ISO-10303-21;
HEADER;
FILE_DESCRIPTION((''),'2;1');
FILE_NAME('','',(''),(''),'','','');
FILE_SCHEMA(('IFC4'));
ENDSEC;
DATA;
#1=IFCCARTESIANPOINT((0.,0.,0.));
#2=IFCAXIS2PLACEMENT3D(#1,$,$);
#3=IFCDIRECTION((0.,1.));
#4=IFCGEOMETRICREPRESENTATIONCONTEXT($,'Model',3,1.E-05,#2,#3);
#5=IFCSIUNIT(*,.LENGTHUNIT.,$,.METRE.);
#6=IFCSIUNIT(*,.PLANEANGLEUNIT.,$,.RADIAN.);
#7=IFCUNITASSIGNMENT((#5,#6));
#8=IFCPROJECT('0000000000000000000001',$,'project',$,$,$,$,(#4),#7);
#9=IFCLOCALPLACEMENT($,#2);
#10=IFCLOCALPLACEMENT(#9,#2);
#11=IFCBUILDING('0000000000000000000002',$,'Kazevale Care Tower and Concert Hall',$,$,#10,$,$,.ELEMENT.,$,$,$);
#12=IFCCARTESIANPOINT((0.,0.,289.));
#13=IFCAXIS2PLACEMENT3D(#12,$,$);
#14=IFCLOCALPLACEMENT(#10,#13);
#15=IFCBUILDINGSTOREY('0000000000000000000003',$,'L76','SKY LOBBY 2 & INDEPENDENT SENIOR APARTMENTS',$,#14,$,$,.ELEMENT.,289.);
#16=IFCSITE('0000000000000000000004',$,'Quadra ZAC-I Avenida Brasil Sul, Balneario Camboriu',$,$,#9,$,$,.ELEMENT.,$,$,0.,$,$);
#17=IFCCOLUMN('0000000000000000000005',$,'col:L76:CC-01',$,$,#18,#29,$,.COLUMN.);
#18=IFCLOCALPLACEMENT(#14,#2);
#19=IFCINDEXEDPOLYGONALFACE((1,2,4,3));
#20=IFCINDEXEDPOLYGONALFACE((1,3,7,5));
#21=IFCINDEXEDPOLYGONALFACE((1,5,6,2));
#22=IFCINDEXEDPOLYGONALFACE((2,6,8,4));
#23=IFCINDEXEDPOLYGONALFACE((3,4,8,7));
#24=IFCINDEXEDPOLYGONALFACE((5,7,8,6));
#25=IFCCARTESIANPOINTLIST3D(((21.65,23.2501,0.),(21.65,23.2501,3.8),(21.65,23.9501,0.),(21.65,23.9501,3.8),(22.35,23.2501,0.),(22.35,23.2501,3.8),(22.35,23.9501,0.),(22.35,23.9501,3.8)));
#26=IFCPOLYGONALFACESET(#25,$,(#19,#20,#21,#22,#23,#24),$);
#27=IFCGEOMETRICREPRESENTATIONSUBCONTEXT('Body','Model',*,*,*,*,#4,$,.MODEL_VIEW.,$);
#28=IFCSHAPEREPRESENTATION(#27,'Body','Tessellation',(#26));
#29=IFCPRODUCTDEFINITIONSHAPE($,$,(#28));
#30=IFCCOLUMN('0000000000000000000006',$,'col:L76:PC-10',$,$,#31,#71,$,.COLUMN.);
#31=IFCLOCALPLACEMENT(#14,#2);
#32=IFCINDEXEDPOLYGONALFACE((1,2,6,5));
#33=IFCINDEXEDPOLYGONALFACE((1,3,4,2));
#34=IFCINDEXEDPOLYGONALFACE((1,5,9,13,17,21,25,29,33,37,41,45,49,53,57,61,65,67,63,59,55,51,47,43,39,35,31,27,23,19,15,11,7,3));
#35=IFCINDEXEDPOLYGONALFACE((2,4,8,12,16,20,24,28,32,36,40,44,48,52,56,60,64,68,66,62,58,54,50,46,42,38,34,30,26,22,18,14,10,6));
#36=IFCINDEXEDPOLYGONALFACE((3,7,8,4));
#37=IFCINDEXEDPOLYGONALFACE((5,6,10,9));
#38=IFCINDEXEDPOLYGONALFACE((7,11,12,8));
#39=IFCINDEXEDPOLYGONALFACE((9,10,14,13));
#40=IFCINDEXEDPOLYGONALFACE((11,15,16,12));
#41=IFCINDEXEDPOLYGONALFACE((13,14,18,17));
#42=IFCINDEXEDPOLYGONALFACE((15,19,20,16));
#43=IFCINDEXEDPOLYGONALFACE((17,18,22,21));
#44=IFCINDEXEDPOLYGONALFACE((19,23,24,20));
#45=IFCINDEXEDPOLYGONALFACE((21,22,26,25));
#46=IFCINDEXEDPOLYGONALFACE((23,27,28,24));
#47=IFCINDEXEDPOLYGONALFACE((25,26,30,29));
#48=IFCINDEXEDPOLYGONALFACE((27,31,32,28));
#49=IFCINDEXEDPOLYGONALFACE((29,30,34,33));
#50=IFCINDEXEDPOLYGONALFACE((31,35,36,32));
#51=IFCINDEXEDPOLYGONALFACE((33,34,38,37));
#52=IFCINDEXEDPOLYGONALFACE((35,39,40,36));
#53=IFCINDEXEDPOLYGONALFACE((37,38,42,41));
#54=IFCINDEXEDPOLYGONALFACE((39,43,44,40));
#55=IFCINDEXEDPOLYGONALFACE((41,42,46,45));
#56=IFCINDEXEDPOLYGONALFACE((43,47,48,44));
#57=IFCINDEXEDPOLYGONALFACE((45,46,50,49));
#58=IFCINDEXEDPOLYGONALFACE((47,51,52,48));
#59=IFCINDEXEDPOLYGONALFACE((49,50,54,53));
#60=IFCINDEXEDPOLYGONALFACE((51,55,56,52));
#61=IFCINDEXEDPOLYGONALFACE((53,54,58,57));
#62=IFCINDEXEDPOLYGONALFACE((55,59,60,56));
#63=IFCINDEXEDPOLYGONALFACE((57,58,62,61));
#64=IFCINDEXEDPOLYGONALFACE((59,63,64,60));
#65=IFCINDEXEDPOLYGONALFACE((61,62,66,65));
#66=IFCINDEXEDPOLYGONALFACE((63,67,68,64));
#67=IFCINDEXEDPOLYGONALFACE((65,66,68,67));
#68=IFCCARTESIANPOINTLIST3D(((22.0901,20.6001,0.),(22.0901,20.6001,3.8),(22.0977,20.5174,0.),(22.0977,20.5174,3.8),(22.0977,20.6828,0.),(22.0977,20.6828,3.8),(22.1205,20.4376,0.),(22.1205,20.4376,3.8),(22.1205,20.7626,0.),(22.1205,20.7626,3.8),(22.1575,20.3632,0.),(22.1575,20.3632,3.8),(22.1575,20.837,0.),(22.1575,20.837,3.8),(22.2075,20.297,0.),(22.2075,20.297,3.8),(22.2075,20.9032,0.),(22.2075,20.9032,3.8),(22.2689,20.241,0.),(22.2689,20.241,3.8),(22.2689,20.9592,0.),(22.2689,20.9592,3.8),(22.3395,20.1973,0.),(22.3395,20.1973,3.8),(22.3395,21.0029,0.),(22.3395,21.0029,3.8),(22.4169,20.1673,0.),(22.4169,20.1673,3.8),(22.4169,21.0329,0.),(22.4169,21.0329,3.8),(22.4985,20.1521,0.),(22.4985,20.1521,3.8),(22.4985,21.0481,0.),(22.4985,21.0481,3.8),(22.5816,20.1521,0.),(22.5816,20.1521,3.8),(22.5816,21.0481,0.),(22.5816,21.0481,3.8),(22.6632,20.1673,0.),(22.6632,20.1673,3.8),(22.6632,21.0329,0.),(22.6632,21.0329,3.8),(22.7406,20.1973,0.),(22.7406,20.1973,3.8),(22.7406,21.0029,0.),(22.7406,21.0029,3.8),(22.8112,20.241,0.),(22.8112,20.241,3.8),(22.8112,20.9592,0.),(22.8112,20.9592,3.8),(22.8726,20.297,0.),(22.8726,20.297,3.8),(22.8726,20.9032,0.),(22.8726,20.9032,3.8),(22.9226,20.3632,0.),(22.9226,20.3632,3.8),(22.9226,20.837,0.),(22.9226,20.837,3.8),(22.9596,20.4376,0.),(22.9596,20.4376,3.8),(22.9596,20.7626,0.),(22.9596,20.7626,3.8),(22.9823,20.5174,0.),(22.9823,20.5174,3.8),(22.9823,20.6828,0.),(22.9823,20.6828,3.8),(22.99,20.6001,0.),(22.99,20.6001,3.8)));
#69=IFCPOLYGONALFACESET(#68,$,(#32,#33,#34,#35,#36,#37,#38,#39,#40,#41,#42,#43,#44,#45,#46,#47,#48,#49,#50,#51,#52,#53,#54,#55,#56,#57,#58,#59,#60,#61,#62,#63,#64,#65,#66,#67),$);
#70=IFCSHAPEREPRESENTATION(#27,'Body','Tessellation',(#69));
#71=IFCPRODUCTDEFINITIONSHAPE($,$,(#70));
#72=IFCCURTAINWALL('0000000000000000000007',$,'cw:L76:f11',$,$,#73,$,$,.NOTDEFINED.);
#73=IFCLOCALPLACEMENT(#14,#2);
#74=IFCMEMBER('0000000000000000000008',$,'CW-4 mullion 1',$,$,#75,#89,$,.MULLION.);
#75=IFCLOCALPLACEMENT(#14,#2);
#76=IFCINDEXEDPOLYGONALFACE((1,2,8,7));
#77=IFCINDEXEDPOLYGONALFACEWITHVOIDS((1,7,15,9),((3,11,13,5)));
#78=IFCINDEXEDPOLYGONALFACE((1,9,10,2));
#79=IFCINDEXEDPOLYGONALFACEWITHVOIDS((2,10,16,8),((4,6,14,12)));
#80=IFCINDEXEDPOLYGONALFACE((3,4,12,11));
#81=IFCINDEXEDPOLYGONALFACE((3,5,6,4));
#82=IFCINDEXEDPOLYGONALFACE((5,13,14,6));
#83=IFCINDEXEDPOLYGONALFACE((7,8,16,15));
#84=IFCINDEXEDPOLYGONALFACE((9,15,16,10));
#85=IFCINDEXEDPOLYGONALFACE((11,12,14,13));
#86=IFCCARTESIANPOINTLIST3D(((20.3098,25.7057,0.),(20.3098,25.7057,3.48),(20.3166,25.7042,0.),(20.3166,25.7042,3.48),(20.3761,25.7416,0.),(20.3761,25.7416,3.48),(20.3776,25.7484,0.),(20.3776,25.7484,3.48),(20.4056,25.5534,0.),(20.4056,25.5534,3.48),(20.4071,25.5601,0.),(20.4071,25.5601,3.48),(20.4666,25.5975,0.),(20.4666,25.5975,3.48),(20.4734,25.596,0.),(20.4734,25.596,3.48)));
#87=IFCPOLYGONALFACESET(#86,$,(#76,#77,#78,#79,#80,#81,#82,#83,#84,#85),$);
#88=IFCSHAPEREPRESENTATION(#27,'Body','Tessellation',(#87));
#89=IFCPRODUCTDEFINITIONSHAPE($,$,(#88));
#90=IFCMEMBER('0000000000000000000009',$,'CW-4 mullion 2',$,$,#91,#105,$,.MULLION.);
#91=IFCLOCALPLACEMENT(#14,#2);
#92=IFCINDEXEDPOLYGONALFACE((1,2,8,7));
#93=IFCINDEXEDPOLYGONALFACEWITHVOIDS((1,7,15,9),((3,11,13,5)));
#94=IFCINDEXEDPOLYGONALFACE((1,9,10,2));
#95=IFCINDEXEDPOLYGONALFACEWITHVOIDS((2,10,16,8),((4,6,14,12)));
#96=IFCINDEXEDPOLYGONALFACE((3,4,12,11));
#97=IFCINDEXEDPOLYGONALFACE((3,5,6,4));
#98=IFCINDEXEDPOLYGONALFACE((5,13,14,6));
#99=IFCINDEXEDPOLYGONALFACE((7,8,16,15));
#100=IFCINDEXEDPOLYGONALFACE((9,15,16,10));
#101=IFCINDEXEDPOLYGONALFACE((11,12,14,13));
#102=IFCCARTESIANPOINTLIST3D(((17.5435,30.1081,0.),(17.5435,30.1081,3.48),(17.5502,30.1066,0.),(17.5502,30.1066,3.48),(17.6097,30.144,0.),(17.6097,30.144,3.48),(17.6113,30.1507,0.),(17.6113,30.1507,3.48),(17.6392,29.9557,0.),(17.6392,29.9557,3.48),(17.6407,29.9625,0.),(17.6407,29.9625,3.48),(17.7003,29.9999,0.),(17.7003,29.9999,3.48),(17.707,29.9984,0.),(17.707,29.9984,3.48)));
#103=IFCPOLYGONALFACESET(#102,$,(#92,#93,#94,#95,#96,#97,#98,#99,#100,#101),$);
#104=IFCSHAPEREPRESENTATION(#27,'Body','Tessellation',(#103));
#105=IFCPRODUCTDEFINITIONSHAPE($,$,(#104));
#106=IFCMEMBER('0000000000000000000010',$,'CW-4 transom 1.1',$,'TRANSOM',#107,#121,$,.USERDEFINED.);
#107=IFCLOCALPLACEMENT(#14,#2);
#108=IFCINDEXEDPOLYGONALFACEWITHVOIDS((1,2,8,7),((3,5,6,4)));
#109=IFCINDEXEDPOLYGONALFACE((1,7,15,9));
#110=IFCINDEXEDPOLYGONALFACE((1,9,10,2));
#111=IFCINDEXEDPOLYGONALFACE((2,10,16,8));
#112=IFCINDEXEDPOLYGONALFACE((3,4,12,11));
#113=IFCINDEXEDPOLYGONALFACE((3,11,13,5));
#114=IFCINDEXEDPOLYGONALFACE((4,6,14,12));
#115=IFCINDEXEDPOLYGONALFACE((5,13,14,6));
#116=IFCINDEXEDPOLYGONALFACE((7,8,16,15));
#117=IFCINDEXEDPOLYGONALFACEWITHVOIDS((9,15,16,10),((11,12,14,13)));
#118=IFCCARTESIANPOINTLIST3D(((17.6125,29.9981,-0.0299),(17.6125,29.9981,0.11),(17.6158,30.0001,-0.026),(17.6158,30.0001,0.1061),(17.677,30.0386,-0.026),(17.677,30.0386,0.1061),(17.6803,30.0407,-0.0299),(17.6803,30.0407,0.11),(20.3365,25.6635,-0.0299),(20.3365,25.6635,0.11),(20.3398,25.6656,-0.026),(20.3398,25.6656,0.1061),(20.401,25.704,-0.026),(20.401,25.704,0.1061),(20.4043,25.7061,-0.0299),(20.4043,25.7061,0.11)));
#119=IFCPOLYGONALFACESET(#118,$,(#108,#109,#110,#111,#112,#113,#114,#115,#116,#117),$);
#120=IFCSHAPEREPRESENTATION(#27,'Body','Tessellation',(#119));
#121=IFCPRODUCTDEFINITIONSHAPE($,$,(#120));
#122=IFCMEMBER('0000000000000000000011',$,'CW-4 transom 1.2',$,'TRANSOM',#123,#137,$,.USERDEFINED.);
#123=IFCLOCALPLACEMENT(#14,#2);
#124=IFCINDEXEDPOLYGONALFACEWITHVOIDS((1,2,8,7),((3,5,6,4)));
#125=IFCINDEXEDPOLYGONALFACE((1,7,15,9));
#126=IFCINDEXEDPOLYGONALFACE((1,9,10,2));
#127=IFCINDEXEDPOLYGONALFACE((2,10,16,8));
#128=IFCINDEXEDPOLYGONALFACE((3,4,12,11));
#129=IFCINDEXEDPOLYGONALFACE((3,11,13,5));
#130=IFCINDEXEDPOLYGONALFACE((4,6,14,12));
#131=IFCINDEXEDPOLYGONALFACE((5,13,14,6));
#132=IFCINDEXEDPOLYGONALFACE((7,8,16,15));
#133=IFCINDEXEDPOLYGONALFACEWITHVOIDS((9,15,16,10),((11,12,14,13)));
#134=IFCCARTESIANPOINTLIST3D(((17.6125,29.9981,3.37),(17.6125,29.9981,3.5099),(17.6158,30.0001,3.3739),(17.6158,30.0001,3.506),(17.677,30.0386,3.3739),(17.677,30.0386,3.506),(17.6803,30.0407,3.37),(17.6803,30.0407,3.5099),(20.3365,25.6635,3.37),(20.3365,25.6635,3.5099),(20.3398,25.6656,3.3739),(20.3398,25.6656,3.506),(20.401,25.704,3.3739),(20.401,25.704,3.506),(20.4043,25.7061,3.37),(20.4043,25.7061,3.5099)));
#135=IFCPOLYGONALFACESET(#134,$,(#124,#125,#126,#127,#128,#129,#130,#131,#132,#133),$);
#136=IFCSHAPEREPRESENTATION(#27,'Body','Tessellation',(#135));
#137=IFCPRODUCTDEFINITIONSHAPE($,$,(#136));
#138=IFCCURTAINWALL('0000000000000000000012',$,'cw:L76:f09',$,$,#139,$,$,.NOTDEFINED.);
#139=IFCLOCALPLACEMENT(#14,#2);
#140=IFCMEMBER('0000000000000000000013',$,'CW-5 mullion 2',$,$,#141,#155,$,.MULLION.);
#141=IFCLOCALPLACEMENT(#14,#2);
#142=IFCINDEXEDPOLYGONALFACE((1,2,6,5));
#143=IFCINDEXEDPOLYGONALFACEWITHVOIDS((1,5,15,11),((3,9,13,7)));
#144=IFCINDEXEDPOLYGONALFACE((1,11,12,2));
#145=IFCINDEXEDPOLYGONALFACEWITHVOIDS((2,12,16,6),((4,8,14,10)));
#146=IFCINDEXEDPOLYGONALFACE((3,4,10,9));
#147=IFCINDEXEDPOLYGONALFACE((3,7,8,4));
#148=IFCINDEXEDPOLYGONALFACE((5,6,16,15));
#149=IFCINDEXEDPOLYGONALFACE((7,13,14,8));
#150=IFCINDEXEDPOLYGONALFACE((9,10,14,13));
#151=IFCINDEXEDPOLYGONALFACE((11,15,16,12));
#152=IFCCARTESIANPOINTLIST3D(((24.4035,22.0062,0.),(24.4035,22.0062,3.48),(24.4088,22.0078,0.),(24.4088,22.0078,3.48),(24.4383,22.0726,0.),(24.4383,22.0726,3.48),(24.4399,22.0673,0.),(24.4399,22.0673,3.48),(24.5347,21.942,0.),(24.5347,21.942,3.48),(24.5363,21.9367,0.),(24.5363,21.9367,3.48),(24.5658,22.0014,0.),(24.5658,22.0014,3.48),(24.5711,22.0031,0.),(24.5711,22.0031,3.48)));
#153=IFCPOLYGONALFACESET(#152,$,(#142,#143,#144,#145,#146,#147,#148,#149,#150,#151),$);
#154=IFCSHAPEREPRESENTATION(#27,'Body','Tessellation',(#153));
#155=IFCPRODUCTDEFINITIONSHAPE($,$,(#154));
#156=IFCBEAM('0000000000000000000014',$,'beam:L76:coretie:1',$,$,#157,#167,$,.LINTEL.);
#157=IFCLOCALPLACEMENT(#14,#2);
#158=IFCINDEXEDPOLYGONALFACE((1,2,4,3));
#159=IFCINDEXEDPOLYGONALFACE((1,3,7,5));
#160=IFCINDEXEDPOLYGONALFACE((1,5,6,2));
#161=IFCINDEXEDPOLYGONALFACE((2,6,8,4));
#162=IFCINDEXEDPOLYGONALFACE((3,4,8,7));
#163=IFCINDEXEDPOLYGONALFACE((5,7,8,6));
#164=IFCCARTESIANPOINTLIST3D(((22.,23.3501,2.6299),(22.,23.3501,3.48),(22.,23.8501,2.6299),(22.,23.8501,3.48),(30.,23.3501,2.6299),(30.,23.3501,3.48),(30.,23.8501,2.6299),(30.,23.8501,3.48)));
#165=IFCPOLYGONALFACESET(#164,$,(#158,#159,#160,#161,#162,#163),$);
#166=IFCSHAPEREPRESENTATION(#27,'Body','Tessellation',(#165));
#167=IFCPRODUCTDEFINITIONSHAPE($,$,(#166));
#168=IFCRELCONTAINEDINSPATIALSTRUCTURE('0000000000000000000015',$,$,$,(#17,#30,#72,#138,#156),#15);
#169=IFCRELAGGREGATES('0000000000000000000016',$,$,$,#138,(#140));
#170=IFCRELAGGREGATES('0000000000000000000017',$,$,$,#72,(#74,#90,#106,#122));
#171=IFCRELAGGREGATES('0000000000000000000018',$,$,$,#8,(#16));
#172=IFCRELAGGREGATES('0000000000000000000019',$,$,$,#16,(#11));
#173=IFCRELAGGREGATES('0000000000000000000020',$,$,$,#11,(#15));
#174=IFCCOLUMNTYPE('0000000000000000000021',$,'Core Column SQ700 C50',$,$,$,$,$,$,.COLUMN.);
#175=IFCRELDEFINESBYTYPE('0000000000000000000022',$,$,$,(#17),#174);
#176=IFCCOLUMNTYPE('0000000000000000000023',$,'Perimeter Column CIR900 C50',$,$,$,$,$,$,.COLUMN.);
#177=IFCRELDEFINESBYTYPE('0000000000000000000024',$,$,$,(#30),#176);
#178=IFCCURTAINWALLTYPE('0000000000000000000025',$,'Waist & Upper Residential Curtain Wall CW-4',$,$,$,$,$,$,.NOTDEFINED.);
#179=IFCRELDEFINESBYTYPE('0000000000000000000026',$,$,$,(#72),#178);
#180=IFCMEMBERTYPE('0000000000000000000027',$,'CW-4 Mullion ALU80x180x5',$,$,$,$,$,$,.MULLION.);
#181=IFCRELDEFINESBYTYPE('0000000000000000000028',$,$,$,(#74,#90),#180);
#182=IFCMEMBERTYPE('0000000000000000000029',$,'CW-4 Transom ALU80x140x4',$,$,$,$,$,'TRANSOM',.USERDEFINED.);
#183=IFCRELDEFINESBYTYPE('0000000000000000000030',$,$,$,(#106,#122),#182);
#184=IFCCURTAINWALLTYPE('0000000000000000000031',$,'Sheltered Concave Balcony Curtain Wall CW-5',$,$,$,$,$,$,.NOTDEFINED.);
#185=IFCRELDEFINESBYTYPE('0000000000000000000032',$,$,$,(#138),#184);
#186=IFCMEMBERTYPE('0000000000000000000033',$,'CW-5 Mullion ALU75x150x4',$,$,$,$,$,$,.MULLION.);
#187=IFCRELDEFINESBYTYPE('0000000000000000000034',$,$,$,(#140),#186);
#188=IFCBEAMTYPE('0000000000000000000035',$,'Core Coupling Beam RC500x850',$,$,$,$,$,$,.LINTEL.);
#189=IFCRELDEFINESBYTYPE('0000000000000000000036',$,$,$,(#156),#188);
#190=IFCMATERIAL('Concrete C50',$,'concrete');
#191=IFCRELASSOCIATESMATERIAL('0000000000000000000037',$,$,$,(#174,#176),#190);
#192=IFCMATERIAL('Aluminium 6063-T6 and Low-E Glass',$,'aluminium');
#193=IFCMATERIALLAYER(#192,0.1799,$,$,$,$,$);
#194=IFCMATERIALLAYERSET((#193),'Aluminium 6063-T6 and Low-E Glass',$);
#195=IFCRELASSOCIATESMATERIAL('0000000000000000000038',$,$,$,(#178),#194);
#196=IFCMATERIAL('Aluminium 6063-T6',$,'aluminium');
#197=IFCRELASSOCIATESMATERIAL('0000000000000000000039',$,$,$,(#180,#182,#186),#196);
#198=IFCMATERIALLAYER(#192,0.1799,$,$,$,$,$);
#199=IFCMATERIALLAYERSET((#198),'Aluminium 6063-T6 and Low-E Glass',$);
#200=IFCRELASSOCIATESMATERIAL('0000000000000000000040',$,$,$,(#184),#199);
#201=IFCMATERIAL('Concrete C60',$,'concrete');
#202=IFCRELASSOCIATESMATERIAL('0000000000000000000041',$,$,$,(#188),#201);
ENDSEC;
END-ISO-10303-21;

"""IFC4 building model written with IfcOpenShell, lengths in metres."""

from ifc_helpers import new_model, si_unit, direction, frame, origin, origin_2d, place, context, subcontext, project, spatial, rectangle, hollow_rectangle, circle, extrude, material, layer, layer_set, material_profile, profile_set, type_object, element, aggregate, save


model = new_model("IFC4")

# Units and contexts
model_context = context("Model", 3, precision=1e-05, world=origin(), true_north=direction((0.0, 1.0)))
body_context = subcontext(model_context, "Body", "Model", "MODEL_VIEW")
ifc_project = project(units=[si_unit("LENGTHUNIT", "METRE"), si_unit("PLANEANGLEUNIT", "RADIAN")], contexts=[model_context])

# Site, building, storey
site_placement = place(None, origin())
site = spatial("IfcSite", under=ifc_project, at=site_placement, Name="Quadra ZAC-I Avenida Brasil Sul, Balneario Camboriu", CompositionType="ELEMENT", RefElevation=0.0)
building_placement = place(site_placement, origin())
building = spatial("IfcBuilding", under=site, at=building_placement, Name="Kazevale Care Tower and Concert Hall", CompositionType="ELEMENT")
storey_placement = place(building_placement, frame((0.0, 0.0, 289.0)))
storey = spatial("IfcBuildingStorey", under=building, at=storey_placement, Name="L76", Description="SKY LOBBY 2 & INDEPENDENT SENIOR APARTMENTS", CompositionType="ELEMENT", Elevation=289.0)

# Columns
ifc_material_1 = material(Name="Concrete C50", Category="concrete")
ifc_material_profile_1 = material_profile(ifc_material_1, rectangle(XDim=0.7, YDim=0.7, at=origin_2d()), Name="RC-SQ700")
ifc_profile_set_1 = profile_set([ifc_material_profile_1], Name="Concrete C50")
column_type_1 = type_object("IfcColumnType", Name="Core Column SQ700 C50", PredefinedType="COLUMN", material=ifc_profile_set_1)
column_1_placement = place(storey_placement, frame((22.0, 23.6001, 0.0), z_axis=(0.0, 0.0, 1.0), x_axis=(1.0, 0.0, 0.0)))
element("IfcColumn", 1, at=column_1_placement, inside=storey, type_object=column_type_1, Name="col:L76:CC-01", PredefinedType="COLUMN", context=body_context, shape_type="SweptSolid", body=[
    extrude(rectangle(XDim=0.7, YDim=0.7, at=origin_2d()), origin(), (0.0, 0.0, 1.0), 3.8),
])
ifc_material_profile_2 = material_profile(ifc_material_1, circle(Radius=0.45, at=origin_2d()), Name="RC-CIR900")
ifc_profile_set_2 = profile_set([ifc_material_profile_2], Name="Concrete C50")
column_type_2 = type_object("IfcColumnType", Name="Perimeter Column CIR900 C50", PredefinedType="COLUMN", material=ifc_profile_set_2)
column_2_placement = place(storey_placement, frame((22.54, 20.6001, 0.0), z_axis=(0.0, 0.0, 1.0), x_axis=(1.0, 0.0, 0.0)))
element("IfcColumn", 2, at=column_2_placement, inside=storey, type_object=column_type_2, Name="col:L76:PC-10", PredefinedType="COLUMN", context=body_context, shape_type="SweptSolid", body=[
    extrude(circle(Radius=0.45, at=origin_2d()), origin(), (0.0, 0.0, 1.0), 3.8),
])

# Curtain wall, members
ifc_material_2 = material(Name="Aluminium 6063-T6 and Low-E Glass", Category="aluminium")
ifc_layer_1 = layer(ifc_material_2, 0.1799)
ifc_layer_set_1 = layer_set([ifc_layer_1], Name="Aluminium 6063-T6 and Low-E Glass")
curtain_wall_type_1 = type_object("IfcCurtainWallType", Name="Waist & Upper Residential Curtain Wall CW-4", PredefinedType="NOTDEFINED", material=ifc_layer_set_1)
curtain_wall_1_placement = place(storey_placement, origin())
curtain_wall_1 = element("IfcCurtainWall", 3, at=curtain_wall_1_placement, inside=storey, type_object=curtain_wall_type_1, Name="cw:L76:f11", PredefinedType="NOTDEFINED")
ifc_material_3 = material(Name="Aluminium 6063-T6", Category="aluminium")
ifc_material_profile_3 = material_profile(ifc_material_3, hollow_rectangle(XDim=0.0801, YDim=0.1799, WallThickness=0.0049, at=origin_2d()), Name="ALU80x180x5")
ifc_profile_set_3 = profile_set([ifc_material_profile_3], Name="Aluminium 6063-T6")
member_type_1 = type_object("IfcMemberType", Name="CW-4 Mullion ALU80x180x5", PredefinedType="MULLION", material=ifc_profile_set_3)
member_1_placement = place(storey_placement, frame((20.3916, 25.6509, 0.0), z_axis=(0.0, 0.0, 1.0), x_axis=(-0.846698, -0.532075, 0.0)))
member_1 = element("IfcMember", 4, at=member_1_placement, type_object=member_type_1, Name="CW-4 mullion 1", PredefinedType="MULLION", context=body_context, shape_type="SweptSolid", body=[
    extrude(hollow_rectangle(XDim=0.0801, YDim=0.1799, WallThickness=0.0049, at=origin_2d()), origin(), (0.0, 0.0, 1.0), 3.48),
])
member_2_placement = place(storey_placement, frame((17.6252, 30.0532, 0.0), z_axis=(0.0, 0.0, 1.0), x_axis=(-0.846698, -0.532075, 0.0)))
member_2 = element("IfcMember", 5, at=member_2_placement, type_object=member_type_1, Name="CW-4 mullion 2", PredefinedType="MULLION", context=body_context, shape_type="SweptSolid", body=[
    extrude(hollow_rectangle(XDim=0.0801, YDim=0.1799, WallThickness=0.0049, at=origin_2d()), origin(), (0.0, 0.0, 1.0), 3.48),
])
ifc_material_profile_4 = material_profile(ifc_material_3, hollow_rectangle(XDim=0.0801, YDim=0.1399, WallThickness=0.0039, at=origin_2d()), Name="ALU80x140x4")
ifc_profile_set_4 = profile_set([ifc_material_profile_4], Name="Aluminium 6063-T6")
member_type_2 = type_object("IfcMemberType", Name="CW-4 Transom ALU80x140x4", ElementType="TRANSOM", PredefinedType="USERDEFINED", material=ifc_profile_set_4)
member_3_placement = place(storey_placement, frame((20.3704, 25.6848, 0.04), z_axis=(-0.532081, 0.846694, 0.0), x_axis=(-0.846694, -0.532081, 0.0)))
member_3 = element("IfcMember", 6, at=member_3_placement, type_object=member_type_2, Name="CW-4 transom 1.1", ObjectType="TRANSOM", PredefinedType="USERDEFINED", context=body_context, shape_type="SweptSolid", body=[
    extrude(hollow_rectangle(XDim=0.0801, YDim=0.1399, WallThickness=0.0039, at=origin_2d()), origin(), (0.0, 0.0, 1.0), 5.1194),
])
member_4_placement = place(storey_placement, frame((20.3704, 25.6848, 3.4399), z_axis=(-0.532081, 0.846694, 0.0), x_axis=(-0.846694, -0.532081, 0.0)))
member_4 = element("IfcMember", 7, at=member_4_placement, type_object=member_type_2, Name="CW-4 transom 1.2", ObjectType="TRANSOM", PredefinedType="USERDEFINED", context=body_context, shape_type="SweptSolid", body=[
    extrude(hollow_rectangle(XDim=0.0801, YDim=0.1399, WallThickness=0.0039, at=origin_2d()), origin(), (0.0, 0.0, 1.0), 5.1194),
])

# Curtain wall, member
ifc_layer_2 = layer(ifc_material_2, 0.1799)
ifc_layer_set_2 = layer_set([ifc_layer_2], Name="Aluminium 6063-T6 and Low-E Glass")
curtain_wall_type_2 = type_object("IfcCurtainWallType", Name="Sheltered Concave Balcony Curtain Wall CW-5", PredefinedType="NOTDEFINED", material=ifc_layer_set_2)
curtain_wall_2_placement = place(storey_placement, origin())
curtain_wall_2 = element("IfcCurtainWall", 8, at=curtain_wall_2_placement, inside=storey, type_object=curtain_wall_type_2, Name="cw:L76:f09", PredefinedType="NOTDEFINED")
ifc_material_profile_5 = material_profile(ifc_material_3, hollow_rectangle(XDim=0.075, YDim=0.1499, WallThickness=0.0039, at=origin_2d()), Name="ALU75x150x4")
ifc_profile_set_5 = profile_set([ifc_material_profile_5], Name="Aluminium 6063-T6")
member_type_3 = type_object("IfcMemberType", Name="CW-5 Mullion ALU75x150x4", PredefinedType="MULLION", material=ifc_profile_set_5)
member_5_placement = place(storey_placement, frame((24.4873, 22.0046, 0.0), z_axis=(0.0, 0.0, 1.0), x_axis=(-0.463681, -0.886002, 0.0)))
member_5 = element("IfcMember", 9, at=member_5_placement, type_object=member_type_3, Name="CW-5 mullion 2", PredefinedType="MULLION", context=body_context, shape_type="SweptSolid", body=[
    extrude(hollow_rectangle(XDim=0.075, YDim=0.1499, WallThickness=0.0039, at=origin_2d()), origin(), (0.0, 0.0, 1.0), 3.48),
])
aggregate(curtain_wall_2, [member_5])

# Beam
ifc_material_4 = material(Name="Concrete C60", Category="concrete")
ifc_material_profile_6 = material_profile(ifc_material_4, rectangle(XDim=0.5, YDim=0.8501, at=origin_2d()), Name="RC-B500x850")
ifc_profile_set_6 = profile_set([ifc_material_profile_6], Name="Concrete C60")
beam_type_1 = type_object("IfcBeamType", Name="Core Coupling Beam RC500x850", PredefinedType="LINTEL", material=ifc_profile_set_6)
beam_1_placement = place(storey_placement, frame((22.0, 23.6001, 3.0549), z_axis=(1.0, 0.0, 0.0), x_axis=(0.0, 1.0, 0.0)))
element("IfcBeam", 10, at=beam_1_placement, inside=storey, type_object=beam_type_1, Name="beam:L76:coretie:1", PredefinedType="LINTEL", context=body_context, shape_type="SweptSolid", body=[
    extrude(rectangle(XDim=0.5, YDim=0.8501, at=origin_2d()), origin(), (0.0, 0.0, 1.0), 8.0),
])

aggregate(curtain_wall_1, [member_1, member_2, member_3, member_4])

save(model, "model.ifc")
